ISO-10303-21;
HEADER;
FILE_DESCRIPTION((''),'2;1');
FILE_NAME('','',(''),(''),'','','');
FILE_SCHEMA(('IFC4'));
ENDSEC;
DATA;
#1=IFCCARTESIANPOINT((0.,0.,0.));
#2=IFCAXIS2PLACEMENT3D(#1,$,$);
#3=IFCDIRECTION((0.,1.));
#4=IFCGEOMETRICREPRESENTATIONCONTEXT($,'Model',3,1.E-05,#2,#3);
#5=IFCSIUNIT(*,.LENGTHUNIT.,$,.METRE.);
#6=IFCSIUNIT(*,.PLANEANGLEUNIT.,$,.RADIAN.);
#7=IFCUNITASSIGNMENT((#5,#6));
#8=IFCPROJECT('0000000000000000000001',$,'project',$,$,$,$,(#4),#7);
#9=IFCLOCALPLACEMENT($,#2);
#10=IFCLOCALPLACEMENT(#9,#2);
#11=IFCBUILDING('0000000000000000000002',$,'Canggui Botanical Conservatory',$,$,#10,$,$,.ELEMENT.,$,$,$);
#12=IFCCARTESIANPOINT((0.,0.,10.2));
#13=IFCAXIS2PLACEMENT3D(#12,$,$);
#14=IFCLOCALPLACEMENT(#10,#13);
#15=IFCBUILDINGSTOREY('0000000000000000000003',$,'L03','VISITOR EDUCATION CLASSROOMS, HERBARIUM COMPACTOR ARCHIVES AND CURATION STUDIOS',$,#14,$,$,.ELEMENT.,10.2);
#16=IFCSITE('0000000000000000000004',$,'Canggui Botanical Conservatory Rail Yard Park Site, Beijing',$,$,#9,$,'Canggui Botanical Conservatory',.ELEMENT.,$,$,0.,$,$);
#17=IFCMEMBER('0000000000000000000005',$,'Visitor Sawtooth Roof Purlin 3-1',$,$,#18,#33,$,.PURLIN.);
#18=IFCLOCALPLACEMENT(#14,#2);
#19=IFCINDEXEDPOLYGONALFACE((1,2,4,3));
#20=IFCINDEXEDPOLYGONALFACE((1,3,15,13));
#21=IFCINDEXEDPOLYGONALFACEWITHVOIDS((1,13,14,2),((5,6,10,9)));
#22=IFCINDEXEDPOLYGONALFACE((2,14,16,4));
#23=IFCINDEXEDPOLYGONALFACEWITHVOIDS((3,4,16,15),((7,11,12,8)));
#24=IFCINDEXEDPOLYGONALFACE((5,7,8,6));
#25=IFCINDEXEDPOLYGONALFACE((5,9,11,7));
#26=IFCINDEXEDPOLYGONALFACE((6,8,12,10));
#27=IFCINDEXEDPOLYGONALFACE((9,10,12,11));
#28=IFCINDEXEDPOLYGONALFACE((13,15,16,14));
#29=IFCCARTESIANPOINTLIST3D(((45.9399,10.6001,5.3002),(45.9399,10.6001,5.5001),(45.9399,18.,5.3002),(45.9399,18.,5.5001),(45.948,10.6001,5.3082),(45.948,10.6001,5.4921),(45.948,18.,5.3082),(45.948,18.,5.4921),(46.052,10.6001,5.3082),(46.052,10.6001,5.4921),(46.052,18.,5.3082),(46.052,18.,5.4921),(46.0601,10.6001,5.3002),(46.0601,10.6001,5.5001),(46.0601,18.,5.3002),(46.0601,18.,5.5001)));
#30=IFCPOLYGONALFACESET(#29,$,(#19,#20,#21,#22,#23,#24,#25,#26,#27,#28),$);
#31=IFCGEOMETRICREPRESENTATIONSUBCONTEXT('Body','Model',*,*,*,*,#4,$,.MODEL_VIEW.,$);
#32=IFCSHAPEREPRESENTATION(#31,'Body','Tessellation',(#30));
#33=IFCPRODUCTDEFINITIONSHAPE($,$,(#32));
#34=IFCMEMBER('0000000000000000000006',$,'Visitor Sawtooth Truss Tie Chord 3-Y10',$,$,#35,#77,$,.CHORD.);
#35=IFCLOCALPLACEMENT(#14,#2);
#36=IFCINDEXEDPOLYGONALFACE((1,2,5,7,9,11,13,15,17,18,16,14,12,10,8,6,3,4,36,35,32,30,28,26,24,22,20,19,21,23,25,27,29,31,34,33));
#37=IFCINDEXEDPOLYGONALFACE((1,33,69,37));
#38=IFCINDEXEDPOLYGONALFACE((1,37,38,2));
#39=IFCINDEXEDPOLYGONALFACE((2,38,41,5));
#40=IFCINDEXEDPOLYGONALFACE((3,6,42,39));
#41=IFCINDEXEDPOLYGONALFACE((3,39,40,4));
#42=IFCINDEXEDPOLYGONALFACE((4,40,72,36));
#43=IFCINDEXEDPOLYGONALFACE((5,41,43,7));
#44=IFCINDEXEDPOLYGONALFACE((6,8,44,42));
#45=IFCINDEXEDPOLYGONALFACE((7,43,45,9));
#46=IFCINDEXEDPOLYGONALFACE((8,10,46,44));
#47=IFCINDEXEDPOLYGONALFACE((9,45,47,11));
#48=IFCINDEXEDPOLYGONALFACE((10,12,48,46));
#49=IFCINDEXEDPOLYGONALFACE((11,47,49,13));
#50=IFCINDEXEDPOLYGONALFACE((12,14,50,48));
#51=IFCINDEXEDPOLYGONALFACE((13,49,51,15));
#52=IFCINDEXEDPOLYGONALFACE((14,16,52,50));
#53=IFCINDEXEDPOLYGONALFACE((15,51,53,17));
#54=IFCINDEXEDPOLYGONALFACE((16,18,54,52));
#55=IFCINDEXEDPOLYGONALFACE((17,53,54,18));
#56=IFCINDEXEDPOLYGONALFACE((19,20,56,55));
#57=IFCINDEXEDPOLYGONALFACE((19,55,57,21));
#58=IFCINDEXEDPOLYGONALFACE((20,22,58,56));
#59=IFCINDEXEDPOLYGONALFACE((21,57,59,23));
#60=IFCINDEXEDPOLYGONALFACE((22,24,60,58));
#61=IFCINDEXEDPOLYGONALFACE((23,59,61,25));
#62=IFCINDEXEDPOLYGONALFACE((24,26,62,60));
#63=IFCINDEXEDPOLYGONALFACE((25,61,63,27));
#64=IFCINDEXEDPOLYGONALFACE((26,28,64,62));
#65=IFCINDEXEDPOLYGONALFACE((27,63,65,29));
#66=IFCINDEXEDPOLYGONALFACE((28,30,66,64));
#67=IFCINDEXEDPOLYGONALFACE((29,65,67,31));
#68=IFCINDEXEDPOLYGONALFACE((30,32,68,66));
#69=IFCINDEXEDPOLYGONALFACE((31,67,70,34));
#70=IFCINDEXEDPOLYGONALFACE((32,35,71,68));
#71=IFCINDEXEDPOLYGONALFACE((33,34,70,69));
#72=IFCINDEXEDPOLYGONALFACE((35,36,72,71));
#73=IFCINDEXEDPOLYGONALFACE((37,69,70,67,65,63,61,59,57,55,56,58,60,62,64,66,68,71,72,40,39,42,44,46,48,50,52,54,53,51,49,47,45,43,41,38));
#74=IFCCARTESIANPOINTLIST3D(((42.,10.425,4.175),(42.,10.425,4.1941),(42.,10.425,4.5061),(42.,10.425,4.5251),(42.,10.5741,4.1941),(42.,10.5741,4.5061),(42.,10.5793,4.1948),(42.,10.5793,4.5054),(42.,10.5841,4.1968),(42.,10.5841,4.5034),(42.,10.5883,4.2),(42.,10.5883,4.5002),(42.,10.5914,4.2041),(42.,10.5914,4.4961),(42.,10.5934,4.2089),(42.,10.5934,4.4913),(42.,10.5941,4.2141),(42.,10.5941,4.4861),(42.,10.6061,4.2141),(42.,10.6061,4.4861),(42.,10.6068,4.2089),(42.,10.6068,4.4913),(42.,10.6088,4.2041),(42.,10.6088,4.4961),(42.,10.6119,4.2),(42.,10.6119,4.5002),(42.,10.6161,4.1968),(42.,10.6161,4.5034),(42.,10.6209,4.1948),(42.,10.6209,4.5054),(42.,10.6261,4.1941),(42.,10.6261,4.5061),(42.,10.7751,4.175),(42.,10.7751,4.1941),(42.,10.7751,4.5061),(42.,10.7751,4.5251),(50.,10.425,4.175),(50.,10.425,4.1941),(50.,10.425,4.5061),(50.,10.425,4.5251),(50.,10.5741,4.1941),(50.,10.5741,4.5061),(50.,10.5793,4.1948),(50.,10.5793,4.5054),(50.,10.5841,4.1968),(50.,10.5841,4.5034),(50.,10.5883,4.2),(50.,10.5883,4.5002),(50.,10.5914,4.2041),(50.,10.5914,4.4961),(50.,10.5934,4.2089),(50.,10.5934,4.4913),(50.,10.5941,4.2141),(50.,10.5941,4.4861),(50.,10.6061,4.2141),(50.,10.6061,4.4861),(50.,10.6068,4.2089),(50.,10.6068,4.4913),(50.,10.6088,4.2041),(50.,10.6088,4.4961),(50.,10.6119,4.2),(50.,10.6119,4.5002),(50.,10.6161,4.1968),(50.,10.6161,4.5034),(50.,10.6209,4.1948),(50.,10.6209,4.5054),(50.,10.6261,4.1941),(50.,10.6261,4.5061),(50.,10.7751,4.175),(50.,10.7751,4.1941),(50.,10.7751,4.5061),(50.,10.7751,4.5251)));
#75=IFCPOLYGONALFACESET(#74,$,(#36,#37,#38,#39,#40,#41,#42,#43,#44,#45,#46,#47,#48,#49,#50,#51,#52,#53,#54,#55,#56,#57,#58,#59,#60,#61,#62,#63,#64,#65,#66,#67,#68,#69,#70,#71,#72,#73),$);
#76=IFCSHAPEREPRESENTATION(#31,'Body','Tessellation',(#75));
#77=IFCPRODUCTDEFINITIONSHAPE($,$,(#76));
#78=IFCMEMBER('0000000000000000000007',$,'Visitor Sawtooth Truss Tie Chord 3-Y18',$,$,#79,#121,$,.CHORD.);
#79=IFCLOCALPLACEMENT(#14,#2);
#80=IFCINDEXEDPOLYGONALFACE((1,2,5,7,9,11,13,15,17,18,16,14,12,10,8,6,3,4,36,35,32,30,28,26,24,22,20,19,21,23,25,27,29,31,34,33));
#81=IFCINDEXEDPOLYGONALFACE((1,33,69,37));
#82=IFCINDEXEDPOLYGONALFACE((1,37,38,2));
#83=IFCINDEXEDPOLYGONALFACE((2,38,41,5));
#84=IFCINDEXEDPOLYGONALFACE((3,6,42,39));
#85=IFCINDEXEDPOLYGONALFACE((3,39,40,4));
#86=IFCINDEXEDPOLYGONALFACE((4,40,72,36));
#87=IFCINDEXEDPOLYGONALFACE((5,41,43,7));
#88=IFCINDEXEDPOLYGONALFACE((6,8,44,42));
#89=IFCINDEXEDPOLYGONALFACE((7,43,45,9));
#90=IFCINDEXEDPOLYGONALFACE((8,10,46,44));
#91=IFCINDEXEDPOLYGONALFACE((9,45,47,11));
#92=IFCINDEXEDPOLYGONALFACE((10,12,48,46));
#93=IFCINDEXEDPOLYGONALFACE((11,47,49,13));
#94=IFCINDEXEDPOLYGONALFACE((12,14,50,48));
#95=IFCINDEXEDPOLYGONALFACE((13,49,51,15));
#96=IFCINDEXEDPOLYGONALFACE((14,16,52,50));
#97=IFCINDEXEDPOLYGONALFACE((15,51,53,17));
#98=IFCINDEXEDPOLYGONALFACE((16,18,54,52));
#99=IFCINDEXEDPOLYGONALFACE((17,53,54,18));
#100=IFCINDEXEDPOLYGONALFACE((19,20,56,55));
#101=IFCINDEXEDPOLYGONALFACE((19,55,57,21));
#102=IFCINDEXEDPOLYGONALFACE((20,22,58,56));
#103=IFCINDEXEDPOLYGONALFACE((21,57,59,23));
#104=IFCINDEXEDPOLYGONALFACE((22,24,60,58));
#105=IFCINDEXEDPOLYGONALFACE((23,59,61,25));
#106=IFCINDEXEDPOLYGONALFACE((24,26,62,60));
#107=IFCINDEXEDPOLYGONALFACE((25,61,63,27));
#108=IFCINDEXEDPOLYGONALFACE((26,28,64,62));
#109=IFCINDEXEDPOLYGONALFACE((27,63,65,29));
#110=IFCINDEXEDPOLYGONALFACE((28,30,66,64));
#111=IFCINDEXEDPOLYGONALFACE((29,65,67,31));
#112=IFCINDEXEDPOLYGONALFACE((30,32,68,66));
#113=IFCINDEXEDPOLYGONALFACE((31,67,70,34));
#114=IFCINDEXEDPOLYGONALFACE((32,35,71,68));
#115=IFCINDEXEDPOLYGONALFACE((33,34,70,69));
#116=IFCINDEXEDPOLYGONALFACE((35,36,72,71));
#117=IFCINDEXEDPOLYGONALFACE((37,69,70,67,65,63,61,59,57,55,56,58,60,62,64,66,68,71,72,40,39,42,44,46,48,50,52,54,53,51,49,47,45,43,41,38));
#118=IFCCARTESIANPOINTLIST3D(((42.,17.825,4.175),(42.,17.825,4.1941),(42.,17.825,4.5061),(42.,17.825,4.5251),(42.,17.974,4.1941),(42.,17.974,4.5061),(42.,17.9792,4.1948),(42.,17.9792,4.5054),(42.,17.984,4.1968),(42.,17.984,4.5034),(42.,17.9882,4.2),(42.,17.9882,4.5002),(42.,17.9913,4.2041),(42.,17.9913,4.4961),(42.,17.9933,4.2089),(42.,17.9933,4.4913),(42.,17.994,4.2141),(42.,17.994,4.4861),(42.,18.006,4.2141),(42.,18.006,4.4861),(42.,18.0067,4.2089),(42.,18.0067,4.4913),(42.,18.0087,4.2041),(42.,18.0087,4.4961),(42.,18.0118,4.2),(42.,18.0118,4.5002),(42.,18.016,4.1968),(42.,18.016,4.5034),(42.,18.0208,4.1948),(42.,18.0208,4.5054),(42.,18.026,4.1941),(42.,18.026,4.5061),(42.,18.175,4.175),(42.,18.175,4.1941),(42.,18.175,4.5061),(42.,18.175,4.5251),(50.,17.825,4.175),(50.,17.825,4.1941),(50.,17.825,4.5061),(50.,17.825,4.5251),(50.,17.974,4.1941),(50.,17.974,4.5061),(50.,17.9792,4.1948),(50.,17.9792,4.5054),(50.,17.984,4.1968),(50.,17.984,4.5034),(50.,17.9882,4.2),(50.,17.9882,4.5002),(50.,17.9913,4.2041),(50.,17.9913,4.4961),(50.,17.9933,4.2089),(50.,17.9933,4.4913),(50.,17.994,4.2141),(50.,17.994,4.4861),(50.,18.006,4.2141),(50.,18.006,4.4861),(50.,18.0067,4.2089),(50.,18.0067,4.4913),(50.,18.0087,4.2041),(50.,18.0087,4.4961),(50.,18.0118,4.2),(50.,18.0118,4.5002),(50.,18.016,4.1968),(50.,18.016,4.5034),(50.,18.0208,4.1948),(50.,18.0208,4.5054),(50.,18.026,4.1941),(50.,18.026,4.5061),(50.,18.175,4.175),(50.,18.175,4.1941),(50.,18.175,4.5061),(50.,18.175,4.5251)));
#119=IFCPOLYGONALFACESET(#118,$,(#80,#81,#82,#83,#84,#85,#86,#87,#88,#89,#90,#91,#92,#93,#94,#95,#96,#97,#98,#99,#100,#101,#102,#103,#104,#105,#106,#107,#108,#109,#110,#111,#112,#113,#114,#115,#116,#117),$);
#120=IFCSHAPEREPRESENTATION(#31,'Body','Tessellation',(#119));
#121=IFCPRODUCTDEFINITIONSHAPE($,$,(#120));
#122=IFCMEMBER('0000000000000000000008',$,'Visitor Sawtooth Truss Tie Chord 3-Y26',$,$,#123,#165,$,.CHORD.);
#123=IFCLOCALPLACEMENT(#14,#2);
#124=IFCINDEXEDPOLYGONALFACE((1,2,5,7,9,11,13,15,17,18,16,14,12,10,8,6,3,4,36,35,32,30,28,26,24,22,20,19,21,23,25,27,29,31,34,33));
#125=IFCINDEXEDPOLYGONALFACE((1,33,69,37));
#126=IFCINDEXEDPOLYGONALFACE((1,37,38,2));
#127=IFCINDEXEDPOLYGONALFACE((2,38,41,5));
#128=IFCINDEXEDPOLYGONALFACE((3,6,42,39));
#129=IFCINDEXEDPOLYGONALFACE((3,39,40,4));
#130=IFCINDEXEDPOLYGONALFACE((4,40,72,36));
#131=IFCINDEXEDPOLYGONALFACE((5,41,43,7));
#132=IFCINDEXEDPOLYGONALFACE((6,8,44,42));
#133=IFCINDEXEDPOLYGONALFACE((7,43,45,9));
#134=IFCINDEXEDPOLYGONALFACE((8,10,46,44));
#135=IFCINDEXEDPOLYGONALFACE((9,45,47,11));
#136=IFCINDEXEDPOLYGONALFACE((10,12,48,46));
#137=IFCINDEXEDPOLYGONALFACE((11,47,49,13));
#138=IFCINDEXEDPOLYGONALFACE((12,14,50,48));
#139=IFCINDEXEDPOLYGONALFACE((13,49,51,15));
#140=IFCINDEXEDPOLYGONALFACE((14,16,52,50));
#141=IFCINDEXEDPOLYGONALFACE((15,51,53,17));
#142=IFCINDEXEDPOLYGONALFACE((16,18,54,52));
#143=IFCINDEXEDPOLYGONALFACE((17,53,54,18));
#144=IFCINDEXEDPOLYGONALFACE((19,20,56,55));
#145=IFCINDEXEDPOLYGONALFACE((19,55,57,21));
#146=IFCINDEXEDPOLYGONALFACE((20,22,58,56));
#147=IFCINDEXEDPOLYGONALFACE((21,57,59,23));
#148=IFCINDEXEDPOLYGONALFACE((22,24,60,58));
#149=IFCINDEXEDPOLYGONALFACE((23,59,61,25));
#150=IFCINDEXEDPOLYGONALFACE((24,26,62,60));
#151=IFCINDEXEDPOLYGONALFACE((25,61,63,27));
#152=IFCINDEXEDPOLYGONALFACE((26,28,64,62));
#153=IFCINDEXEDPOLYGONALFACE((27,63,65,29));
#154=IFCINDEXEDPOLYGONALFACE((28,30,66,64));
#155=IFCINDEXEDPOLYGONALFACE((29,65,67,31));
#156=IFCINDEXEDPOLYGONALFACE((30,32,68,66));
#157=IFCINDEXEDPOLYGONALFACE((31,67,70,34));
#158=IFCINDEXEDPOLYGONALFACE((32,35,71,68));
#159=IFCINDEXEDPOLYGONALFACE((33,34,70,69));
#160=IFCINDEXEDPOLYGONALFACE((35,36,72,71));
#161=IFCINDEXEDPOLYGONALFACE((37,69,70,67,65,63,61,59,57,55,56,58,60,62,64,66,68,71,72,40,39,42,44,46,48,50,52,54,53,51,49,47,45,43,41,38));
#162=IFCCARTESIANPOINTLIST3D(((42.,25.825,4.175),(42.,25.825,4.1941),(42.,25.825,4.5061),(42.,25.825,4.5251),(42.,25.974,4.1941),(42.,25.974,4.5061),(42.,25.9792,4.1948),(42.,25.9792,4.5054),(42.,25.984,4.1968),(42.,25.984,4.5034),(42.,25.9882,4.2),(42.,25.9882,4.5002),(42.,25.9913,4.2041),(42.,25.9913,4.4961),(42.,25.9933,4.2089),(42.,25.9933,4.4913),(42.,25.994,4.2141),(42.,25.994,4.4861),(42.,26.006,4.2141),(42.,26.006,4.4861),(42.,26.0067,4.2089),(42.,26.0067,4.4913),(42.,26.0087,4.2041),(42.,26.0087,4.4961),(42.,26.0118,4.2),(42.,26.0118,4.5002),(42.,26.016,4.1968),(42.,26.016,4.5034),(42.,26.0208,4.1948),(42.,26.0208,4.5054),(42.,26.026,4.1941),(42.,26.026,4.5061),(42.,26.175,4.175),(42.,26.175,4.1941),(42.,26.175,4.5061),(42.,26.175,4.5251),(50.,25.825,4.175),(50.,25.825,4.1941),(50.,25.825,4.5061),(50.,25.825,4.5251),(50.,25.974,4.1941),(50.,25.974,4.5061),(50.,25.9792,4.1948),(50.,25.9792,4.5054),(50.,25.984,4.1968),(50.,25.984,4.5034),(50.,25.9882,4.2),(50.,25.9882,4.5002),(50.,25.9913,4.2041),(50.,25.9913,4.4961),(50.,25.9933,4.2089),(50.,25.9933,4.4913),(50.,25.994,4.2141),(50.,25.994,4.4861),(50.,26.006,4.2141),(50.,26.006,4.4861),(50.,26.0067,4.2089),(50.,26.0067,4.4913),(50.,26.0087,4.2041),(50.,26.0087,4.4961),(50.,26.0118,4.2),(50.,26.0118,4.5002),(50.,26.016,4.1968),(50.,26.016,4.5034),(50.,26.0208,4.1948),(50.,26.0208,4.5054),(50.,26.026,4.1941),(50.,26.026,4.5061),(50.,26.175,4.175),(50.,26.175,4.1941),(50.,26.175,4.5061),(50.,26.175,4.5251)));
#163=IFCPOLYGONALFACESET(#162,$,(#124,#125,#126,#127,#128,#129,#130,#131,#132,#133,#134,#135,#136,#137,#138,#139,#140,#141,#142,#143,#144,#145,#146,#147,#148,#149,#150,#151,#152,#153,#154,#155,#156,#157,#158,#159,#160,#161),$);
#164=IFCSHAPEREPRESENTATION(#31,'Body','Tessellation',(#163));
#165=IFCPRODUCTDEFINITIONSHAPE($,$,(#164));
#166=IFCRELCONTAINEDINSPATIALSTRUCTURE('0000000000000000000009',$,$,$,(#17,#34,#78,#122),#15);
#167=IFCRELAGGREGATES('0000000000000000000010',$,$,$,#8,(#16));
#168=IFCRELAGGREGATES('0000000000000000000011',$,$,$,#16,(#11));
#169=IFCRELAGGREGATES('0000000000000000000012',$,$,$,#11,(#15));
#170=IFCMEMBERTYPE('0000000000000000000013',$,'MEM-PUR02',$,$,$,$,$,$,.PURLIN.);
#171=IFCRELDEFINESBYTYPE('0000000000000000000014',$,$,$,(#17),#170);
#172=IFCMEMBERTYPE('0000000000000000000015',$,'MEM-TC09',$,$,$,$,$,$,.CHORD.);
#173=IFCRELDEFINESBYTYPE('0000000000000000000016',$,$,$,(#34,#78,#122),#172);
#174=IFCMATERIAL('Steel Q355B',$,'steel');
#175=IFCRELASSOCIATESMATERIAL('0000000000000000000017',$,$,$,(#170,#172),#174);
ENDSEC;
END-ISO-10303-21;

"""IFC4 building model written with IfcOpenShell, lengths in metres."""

from ifc_helpers import new_model, si_unit, direction, frame, origin, origin_2d, place, context, subcontext, project, spatial, hollow_rectangle, i_section, extrude, material, material_profile, profile_set, type_object, element, save


model = new_model("IFC4")

# Units and contexts
model_context = context("Model", 3, precision=1e-05, world=origin(), true_north=direction((0.0, 1.0)))
body_context = subcontext(model_context, "Body", "Model", "MODEL_VIEW")
ifc_project = project(units=[si_unit("LENGTHUNIT", "METRE"), si_unit("PLANEANGLEUNIT", "RADIAN")], contexts=[model_context])

# Site, building, storey
site_placement = place(None, origin())
site = spatial("IfcSite", under=ifc_project, at=site_placement, Name="Canggui Botanical Conservatory Rail Yard Park Site, Beijing", LongName="Canggui Botanical Conservatory", CompositionType="ELEMENT", RefElevation=0.0)
building_placement = place(site_placement, origin())
building = spatial("IfcBuilding", under=site, at=building_placement, Name="Canggui Botanical Conservatory", CompositionType="ELEMENT")
storey_placement = place(building_placement, frame((0.0, 0.0, 10.2)))
storey = spatial("IfcBuildingStorey", under=building, at=storey_placement, Name="L03", Description="VISITOR EDUCATION CLASSROOMS, HERBARIUM COMPACTOR ARCHIVES AND CURATION STUDIOS", CompositionType="ELEMENT", Elevation=10.2)

# Shared definitions
ifc_material_1 = material(Name="Steel Q355B", Category="steel")

# Members
ifc_material_profile_1 = material_profile(ifc_material_1, hollow_rectangle(XDim=0.1201, YDim=0.2, WallThickness=0.0081, at=origin_2d()), Name="RHS 120x200x8")
ifc_profile_set_1 = profile_set([ifc_material_profile_1], Name="Steel Q355B")
member_type_1 = type_object("IfcMemberType", Name="MEM-PUR02", PredefinedType="PURLIN", material=ifc_profile_set_1)
member_1_placement = place(storey_placement, frame((46.0, 10.6001, 5.4001), z_axis=(0.0, 1.0, 0.0), x_axis=(-1.0, 0.0, 0.0)))
element("IfcMember", 1, at=member_1_placement, inside=storey, type_object=member_type_1, Name="Visitor Sawtooth Roof Purlin 3-1", PredefinedType="PURLIN", context=body_context, shape_type="SweptSolid", body=[
    extrude(hollow_rectangle(XDim=0.1201, YDim=0.2, WallThickness=0.0081, at=origin_2d()), origin(), (0.0, 0.0, 1.0), 7.3999),
])
ifc_material_profile_2 = material_profile(ifc_material_1, i_section(OverallWidth=0.3501, OverallDepth=0.3501, WebThickness=0.012, FlangeThickness=0.019, FilletRadius=0.02, at=origin_2d()), Name="HW 350x350x12x19")
ifc_profile_set_2 = profile_set([ifc_material_profile_2], Name="Steel Q355B")
member_type_2 = type_object("IfcMemberType", Name="MEM-TC09", PredefinedType="CHORD", material=ifc_profile_set_2)
for number, where, z_axis, x_axis, name in (
    (2, (42.0, 10.6001, 4.3501), (1.0, 0.0, 0.0), (0.0, 1.0, 0.0), "Visitor Sawtooth Truss Tie Chord 3-Y10"),
    (3, (42.0, 18.0, 4.3501), (1.0, 0.0, 0.0), (0.0, 1.0, 0.0), "Visitor Sawtooth Truss Tie Chord 3-Y18"),
    (4, (42.0, 26.0, 4.3501), (1.0, 0.0, 0.0), (0.0, 1.0, 0.0), "Visitor Sawtooth Truss Tie Chord 3-Y26"),
):
    element("IfcMember", number, at=place(storey_placement, frame(where, z_axis=z_axis, x_axis=x_axis)), inside=storey, type_object=member_type_2, Name=name, PredefinedType="CHORD", context=body_context, shape_type="SweptSolid", body=[
        extrude(i_section(OverallWidth=0.3501, OverallDepth=0.3501, WebThickness=0.012, FlangeThickness=0.019, FilletRadius=0.02, at=origin_2d()), origin(), (0.0, 0.0, 1.0), 8.0),
    ])

save(model, "model.ifc")
